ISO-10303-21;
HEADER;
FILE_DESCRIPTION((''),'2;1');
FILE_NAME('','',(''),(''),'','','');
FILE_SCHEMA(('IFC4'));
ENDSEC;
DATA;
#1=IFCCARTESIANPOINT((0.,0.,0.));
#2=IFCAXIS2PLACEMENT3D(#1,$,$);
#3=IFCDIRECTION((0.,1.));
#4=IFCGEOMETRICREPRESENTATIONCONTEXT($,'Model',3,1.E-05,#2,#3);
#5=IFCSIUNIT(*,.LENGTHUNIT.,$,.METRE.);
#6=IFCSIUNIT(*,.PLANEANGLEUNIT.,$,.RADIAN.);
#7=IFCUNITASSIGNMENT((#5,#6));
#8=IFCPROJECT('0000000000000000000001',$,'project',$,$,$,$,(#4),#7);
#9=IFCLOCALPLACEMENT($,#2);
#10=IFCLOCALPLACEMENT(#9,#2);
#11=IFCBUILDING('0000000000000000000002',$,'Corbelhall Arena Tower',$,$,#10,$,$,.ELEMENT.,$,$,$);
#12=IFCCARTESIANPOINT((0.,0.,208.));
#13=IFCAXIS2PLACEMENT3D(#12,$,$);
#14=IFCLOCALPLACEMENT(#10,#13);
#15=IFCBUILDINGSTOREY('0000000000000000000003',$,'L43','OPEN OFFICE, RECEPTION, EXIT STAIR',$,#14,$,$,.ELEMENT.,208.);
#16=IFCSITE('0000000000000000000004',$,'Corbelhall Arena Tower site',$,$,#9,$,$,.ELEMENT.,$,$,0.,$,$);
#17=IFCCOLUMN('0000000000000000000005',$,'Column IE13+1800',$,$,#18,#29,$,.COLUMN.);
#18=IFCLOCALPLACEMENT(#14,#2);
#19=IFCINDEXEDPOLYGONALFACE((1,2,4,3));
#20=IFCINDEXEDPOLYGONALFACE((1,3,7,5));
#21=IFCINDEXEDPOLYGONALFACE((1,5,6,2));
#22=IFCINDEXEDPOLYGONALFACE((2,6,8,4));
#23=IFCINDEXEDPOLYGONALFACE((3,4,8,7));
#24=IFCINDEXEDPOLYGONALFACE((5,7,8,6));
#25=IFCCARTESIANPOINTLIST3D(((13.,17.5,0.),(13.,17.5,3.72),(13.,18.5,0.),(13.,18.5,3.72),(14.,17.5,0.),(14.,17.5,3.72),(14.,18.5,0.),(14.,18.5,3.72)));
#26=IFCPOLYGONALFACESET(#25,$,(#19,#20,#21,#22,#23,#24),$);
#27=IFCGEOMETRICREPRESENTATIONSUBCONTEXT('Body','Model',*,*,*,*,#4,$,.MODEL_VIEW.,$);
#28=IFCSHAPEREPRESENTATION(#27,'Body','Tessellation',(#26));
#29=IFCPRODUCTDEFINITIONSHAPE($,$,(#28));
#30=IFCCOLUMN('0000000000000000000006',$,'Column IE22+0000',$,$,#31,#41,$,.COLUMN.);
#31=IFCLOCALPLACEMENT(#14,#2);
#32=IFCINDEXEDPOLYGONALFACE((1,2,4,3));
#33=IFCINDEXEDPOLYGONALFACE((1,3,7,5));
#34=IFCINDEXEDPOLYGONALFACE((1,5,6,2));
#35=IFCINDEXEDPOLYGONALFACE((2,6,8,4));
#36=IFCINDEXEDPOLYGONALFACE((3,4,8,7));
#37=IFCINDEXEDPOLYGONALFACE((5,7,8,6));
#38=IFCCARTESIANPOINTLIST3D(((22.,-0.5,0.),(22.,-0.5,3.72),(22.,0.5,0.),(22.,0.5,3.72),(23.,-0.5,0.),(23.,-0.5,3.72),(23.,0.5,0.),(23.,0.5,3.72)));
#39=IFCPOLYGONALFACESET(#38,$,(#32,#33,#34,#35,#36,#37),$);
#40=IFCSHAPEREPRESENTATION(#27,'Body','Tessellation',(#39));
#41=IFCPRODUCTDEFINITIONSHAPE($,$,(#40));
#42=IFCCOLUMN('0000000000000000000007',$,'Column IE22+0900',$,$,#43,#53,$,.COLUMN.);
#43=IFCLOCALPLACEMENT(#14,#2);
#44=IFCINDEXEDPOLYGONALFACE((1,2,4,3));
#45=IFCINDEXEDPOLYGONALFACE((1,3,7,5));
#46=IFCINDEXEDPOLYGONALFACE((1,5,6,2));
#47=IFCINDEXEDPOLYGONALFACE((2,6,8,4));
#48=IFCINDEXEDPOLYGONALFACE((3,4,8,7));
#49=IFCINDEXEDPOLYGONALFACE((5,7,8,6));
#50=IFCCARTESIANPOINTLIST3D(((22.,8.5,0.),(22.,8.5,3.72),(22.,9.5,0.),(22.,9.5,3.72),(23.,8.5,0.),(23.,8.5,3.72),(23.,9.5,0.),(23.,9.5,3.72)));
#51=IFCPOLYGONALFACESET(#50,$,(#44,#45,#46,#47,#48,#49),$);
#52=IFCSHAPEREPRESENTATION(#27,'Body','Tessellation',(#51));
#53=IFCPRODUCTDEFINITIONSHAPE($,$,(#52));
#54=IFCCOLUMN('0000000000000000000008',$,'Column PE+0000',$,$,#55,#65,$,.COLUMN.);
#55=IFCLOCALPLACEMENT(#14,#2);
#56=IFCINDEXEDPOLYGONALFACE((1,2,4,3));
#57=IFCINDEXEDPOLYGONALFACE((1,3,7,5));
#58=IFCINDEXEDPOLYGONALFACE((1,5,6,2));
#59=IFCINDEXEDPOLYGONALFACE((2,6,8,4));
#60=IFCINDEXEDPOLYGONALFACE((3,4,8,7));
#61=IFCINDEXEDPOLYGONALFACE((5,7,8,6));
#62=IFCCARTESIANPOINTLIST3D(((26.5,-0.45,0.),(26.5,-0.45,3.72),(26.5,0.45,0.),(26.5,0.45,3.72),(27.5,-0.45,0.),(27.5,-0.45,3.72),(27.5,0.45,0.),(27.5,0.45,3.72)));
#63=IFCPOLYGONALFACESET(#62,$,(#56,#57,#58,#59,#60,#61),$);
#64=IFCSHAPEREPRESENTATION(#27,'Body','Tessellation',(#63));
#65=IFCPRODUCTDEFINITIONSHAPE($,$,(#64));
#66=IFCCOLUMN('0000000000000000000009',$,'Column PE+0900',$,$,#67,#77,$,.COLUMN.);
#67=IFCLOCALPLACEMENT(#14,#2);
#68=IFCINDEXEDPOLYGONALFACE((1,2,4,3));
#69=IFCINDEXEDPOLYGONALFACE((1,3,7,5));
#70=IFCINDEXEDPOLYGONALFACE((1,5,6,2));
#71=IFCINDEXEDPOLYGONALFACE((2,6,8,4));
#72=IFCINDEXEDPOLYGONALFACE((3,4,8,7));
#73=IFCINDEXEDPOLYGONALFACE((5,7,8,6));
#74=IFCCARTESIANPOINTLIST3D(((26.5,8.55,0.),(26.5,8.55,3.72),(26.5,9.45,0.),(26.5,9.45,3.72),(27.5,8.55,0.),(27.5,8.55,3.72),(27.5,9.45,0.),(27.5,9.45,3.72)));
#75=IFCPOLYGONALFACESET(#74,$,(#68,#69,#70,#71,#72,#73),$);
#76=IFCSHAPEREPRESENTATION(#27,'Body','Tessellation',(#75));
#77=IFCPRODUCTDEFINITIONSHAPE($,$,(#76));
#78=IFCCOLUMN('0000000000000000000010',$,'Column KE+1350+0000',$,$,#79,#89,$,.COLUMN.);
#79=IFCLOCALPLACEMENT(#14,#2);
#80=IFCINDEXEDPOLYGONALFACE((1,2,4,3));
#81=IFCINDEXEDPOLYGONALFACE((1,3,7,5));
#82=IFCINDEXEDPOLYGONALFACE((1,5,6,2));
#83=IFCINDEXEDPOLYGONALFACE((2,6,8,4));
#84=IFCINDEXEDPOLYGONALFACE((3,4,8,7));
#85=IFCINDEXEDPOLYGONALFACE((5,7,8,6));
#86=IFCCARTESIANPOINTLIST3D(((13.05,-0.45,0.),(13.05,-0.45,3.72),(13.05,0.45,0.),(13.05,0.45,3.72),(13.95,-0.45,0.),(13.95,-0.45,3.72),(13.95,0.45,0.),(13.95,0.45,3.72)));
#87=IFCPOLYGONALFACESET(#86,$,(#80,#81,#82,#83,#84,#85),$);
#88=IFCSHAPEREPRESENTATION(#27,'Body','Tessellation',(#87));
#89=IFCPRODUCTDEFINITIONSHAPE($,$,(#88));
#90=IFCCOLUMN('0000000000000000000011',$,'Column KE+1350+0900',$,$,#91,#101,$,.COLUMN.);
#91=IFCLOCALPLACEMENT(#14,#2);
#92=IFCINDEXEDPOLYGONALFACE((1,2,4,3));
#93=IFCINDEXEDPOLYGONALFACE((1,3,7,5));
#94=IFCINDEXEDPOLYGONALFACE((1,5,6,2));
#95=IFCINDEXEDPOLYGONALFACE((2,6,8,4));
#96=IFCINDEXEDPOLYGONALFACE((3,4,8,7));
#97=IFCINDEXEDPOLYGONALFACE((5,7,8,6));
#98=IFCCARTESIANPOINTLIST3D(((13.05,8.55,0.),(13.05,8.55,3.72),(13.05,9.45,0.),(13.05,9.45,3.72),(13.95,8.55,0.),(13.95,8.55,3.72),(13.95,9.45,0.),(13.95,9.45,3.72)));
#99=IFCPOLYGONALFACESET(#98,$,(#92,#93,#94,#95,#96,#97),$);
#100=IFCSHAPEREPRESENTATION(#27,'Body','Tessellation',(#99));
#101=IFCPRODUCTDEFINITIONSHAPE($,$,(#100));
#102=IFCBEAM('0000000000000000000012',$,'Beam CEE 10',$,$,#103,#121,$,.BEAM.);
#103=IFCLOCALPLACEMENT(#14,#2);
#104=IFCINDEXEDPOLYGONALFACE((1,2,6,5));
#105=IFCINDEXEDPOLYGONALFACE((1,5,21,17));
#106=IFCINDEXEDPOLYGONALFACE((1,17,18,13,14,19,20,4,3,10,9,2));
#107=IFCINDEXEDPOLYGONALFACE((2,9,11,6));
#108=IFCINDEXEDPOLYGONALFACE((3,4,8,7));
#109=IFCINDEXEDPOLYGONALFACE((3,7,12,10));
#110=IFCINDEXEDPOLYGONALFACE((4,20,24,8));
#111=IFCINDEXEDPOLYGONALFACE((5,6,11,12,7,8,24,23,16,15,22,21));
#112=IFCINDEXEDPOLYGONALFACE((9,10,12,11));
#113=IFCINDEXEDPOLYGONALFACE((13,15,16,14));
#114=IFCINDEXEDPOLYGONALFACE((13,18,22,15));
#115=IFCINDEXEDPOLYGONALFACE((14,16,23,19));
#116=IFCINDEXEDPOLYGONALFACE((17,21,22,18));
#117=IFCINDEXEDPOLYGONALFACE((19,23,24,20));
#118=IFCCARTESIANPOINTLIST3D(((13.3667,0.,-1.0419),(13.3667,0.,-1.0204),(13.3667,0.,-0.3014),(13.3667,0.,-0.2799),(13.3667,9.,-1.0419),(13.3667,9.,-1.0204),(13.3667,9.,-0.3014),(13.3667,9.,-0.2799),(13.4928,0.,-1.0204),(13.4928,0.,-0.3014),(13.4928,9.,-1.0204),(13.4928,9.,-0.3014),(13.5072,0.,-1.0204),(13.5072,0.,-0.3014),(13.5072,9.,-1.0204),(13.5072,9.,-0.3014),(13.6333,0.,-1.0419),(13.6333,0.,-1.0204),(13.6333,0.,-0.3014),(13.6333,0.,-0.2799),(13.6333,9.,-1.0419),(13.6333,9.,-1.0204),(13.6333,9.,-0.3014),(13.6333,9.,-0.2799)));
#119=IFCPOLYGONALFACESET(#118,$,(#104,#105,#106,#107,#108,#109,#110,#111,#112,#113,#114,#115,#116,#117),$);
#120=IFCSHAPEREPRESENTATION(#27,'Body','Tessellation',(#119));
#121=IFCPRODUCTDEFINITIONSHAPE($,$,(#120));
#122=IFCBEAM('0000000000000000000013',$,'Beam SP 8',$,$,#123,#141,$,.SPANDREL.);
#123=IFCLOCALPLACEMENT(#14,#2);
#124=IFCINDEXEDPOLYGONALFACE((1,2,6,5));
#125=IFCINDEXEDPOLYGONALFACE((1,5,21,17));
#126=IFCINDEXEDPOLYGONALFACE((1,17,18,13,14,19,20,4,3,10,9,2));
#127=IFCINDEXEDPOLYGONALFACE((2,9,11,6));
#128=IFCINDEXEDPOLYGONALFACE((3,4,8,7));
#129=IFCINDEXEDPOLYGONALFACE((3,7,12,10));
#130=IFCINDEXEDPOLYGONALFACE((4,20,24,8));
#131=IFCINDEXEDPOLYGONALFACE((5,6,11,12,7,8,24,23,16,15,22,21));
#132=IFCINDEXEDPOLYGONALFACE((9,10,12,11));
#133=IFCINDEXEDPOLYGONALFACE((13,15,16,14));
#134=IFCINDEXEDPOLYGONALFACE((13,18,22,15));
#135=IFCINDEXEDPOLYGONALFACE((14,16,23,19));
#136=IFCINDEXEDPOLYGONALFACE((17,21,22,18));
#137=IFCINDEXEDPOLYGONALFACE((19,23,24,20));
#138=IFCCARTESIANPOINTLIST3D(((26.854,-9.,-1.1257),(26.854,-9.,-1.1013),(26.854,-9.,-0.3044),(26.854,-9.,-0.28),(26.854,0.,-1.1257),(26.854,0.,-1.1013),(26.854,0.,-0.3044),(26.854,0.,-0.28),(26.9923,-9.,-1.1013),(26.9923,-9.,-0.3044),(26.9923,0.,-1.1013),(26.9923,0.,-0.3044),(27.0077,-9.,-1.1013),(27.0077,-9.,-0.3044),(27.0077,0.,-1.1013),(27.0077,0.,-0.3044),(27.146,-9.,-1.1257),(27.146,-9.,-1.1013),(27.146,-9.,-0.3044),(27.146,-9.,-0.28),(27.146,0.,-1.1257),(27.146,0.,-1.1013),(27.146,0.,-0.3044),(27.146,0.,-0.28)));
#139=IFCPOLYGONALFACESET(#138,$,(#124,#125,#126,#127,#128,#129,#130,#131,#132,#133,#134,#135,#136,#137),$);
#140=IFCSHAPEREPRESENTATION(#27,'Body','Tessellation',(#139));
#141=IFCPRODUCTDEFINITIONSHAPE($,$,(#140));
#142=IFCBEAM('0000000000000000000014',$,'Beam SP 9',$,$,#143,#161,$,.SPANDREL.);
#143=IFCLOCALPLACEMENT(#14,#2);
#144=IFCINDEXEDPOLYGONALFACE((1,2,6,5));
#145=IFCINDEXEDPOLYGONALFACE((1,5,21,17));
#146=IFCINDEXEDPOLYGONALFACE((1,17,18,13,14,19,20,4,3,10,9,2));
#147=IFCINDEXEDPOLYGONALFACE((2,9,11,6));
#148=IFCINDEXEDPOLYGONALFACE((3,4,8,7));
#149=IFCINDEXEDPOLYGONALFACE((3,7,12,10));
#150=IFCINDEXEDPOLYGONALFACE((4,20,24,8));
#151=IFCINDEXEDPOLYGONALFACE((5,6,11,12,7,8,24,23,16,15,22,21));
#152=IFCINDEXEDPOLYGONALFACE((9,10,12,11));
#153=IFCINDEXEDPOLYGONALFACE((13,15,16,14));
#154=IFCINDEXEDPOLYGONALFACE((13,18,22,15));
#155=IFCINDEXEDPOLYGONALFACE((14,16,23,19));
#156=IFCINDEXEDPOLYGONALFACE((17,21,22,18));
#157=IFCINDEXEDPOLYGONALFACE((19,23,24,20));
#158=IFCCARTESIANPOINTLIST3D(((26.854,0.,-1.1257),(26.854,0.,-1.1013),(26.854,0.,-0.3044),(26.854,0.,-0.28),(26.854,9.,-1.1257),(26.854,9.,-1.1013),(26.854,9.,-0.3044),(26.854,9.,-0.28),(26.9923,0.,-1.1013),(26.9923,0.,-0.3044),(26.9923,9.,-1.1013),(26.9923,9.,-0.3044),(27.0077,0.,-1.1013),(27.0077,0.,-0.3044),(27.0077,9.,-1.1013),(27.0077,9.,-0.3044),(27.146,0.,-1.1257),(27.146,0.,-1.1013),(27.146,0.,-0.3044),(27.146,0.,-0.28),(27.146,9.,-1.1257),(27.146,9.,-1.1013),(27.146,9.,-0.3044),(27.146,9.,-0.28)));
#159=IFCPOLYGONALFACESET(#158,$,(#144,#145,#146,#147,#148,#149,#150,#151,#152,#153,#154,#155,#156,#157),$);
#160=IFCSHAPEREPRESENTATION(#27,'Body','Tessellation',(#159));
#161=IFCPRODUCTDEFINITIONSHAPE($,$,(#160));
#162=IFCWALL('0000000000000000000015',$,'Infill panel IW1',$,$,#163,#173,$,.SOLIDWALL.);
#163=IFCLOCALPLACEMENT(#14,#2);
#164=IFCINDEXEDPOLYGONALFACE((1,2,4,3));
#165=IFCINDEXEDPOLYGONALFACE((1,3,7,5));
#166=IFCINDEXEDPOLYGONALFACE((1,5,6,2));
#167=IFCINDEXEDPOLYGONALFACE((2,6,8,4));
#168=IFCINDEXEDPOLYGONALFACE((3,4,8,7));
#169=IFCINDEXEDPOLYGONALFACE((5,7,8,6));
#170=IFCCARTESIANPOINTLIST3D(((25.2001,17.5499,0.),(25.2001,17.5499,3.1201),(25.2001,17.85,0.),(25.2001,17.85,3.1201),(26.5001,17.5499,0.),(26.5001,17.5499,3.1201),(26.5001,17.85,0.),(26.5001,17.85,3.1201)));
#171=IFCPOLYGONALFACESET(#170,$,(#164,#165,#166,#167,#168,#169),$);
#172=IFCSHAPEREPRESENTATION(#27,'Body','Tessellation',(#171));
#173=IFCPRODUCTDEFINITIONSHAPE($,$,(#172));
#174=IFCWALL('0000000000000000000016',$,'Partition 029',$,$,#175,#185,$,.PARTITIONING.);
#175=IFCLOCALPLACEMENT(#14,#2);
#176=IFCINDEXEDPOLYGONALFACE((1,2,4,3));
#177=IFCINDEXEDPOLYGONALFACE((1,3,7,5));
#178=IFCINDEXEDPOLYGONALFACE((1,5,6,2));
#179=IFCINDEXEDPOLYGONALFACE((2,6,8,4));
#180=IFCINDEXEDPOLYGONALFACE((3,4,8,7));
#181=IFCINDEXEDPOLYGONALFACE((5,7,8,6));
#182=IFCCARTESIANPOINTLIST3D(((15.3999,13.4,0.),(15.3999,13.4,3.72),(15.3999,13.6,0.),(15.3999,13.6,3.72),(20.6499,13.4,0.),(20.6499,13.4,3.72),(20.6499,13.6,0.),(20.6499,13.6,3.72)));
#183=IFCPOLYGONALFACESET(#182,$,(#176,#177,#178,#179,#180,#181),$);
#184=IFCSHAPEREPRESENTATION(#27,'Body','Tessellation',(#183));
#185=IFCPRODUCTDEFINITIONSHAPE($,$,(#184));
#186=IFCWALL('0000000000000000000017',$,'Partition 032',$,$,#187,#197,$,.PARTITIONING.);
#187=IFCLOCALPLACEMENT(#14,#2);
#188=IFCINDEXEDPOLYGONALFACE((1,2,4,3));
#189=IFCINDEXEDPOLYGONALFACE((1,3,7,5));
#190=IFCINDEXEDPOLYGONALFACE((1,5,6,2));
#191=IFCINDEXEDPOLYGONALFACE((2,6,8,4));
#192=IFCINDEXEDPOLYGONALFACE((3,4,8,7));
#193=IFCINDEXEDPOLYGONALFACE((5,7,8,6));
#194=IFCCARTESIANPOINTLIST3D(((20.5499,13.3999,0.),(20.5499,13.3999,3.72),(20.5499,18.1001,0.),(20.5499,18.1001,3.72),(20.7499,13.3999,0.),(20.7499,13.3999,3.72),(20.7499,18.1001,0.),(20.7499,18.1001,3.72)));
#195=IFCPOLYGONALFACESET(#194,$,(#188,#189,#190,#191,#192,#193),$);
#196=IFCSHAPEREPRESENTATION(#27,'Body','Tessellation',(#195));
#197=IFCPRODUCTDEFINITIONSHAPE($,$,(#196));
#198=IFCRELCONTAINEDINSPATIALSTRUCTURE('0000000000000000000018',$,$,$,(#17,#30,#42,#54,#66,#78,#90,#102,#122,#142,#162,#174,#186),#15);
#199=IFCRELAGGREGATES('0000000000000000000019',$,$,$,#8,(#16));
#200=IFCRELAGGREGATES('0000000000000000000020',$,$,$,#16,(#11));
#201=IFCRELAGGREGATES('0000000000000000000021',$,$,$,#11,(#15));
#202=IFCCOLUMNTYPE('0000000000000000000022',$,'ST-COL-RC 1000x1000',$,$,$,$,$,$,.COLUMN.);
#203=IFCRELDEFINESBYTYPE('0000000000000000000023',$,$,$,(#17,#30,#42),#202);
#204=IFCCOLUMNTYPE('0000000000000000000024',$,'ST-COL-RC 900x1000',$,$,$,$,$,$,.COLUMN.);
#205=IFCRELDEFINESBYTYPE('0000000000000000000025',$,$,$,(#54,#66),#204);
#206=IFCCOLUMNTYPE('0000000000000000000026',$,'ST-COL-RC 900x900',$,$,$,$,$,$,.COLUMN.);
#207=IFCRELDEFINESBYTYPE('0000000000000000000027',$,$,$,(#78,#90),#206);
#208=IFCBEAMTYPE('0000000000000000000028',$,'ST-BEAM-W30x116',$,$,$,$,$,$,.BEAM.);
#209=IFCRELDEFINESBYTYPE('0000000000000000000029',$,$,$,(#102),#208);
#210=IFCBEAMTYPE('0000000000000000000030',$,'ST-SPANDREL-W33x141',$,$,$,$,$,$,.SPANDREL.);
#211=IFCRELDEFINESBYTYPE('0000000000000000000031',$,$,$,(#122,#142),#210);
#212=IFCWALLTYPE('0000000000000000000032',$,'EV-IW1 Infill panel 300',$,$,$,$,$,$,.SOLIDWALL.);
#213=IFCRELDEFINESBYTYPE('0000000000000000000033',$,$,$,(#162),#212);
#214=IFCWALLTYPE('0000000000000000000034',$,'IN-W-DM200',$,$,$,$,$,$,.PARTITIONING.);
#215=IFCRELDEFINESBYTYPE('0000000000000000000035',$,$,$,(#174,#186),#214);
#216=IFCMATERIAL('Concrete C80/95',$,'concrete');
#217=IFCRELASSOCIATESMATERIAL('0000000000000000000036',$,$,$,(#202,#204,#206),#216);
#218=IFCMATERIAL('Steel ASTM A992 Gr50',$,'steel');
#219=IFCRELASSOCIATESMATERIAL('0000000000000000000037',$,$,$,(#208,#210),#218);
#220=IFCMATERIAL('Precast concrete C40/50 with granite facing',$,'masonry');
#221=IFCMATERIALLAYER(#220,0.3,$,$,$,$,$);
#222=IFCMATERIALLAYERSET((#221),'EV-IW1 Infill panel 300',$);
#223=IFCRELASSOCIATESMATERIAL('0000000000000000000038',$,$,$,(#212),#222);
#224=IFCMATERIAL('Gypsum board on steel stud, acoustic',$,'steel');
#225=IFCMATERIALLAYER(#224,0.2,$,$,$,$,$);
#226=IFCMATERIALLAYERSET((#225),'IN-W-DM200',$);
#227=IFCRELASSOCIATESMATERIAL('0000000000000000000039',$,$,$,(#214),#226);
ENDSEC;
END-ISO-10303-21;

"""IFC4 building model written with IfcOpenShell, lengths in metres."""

from ifc_helpers import new_model, si_unit, direction, frame, frame_2d, origin, origin_2d, place, context, subcontext, project, spatial, rectangle, i_section, extrude, material, layer, layer_set, material_profile, profile_set, type_object, element, save


model = new_model("IFC4")

# Units and contexts
model_context = context("Model", 3, precision=1e-05, world=origin(), true_north=direction((0.0, 1.0)))
body_context = subcontext(model_context, "Body", "Model", "MODEL_VIEW")
ifc_project = project(units=[si_unit("LENGTHUNIT", "METRE"), si_unit("PLANEANGLEUNIT", "RADIAN")], contexts=[model_context])

# Site, building, storey
site_placement = place(None, origin())
site = spatial("IfcSite", under=ifc_project, at=site_placement, Name="Corbelhall Arena Tower site", CompositionType="ELEMENT", RefElevation=0.0)
building_placement = place(site_placement, origin())
building = spatial("IfcBuilding", under=site, at=building_placement, Name="Corbelhall Arena Tower", CompositionType="ELEMENT")
storey_placement = place(building_placement, frame((0.0, 0.0, 208.0)))
storey = spatial("IfcBuildingStorey", under=building, at=storey_placement, Name="L43", Description="OPEN OFFICE, RECEPTION, EXIT STAIR", CompositionType="ELEMENT", Elevation=208.0)

# Columns
ifc_material_1 = material(Name="Concrete C80/95", Category="concrete")
ifc_material_profile_1 = material_profile(ifc_material_1, rectangle(XDim=1.0, YDim=1.0, at=origin_2d()))
ifc_profile_set_1 = profile_set([ifc_material_profile_1], Name="Concrete C80/95")
column_type_1 = type_object("IfcColumnType", Name="ST-COL-RC 1000x1000", PredefinedType="COLUMN", material=ifc_profile_set_1)
for number, where, z_axis, x_axis, name in (
    (1, (13.5, 18.0, 0.0), (0.0, 0.0, 1.0), (1.0, 0.0, 0.0), "Column IE13+1800"),
    (2, (22.5, 0.0, 0.0), (0.0, 0.0, 1.0), (1.0, 0.0, 0.0), "Column IE22+0000"),
    (3, (22.5, 9.0, 0.0), (0.0, 0.0, 1.0), (1.0, 0.0, 0.0), "Column IE22+0900"),
):
    element("IfcColumn", number, at=place(storey_placement, frame(where, z_axis=z_axis, x_axis=x_axis)), inside=storey, type_object=column_type_1, Name=name, PredefinedType="COLUMN", context=body_context, shape_type="SweptSolid", body=[
        extrude(rectangle(XDim=1.0, YDim=1.0, at=origin_2d()), origin(), (0.0, 0.0, 1.0), 3.72),
    ])
ifc_material_profile_2 = material_profile(ifc_material_1, rectangle(XDim=0.8999, YDim=1.0, at=origin_2d()))
ifc_profile_set_2 = profile_set([ifc_material_profile_2], Name="Concrete C80/95")
column_type_2 = type_object("IfcColumnType", Name="ST-COL-RC 900x1000", PredefinedType="COLUMN", material=ifc_profile_set_2)
for number, where, z_axis, x_axis, name in (
    (4, (27.0, 0.0, 0.0), (0.0, 0.0, 1.0), (0.0, 1.0, 0.0), "Column PE+0000"),
    (5, (27.0, 9.0, 0.0), (0.0, 0.0, 1.0), (0.0, 1.0, 0.0), "Column PE+0900"),
):
    element("IfcColumn", number, at=place(storey_placement, frame(where, z_axis=z_axis, x_axis=x_axis)), inside=storey, type_object=column_type_2, Name=name, PredefinedType="COLUMN", context=body_context, shape_type="SweptSolid", body=[
        extrude(rectangle(XDim=0.8999, YDim=1.0, at=origin_2d()), origin(), (0.0, 0.0, 1.0), 3.72),
    ])
ifc_material_profile_3 = material_profile(ifc_material_1, rectangle(XDim=0.8999, YDim=0.8999, at=origin_2d()))
ifc_profile_set_3 = profile_set([ifc_material_profile_3], Name="Concrete C80/95")
column_type_3 = type_object("IfcColumnType", Name="ST-COL-RC 900x900", PredefinedType="COLUMN", material=ifc_profile_set_3)
for number, where, z_axis, x_axis, name in (
    (6, (13.5, 0.0, 0.0), (0.0, 0.0, 1.0), (1.0, 0.0, 0.0), "Column KE+1350+0000"),
    (7, (13.5, 9.0, 0.0), (0.0, 0.0, 1.0), (1.0, 0.0, 0.0), "Column KE+1350+0900"),
):
    element("IfcColumn", number, at=place(storey_placement, frame(where, z_axis=z_axis, x_axis=x_axis)), inside=storey, type_object=column_type_3, Name=name, PredefinedType="COLUMN", context=body_context, shape_type="SweptSolid", body=[
        extrude(rectangle(XDim=0.8999, YDim=0.8999, at=origin_2d()), origin(), (0.0, 0.0, 1.0), 3.72),
    ])

# Beams
ifc_material_2 = material(Name="Steel ASTM A992 Gr50", Category="steel")
ifc_material_profile_4 = material_profile(ifc_material_2, i_section(OverallWidth=0.2666, OverallDepth=0.762, WebThickness=0.0144, FlangeThickness=0.0215, at=origin_2d()))
ifc_profile_set_4 = profile_set([ifc_material_profile_4], Name="Steel ASTM A992 Gr50")
beam_type_1 = type_object("IfcBeamType", Name="ST-BEAM-W30x116", PredefinedType="BEAM", material=ifc_profile_set_4)
beam_placement = place(storey_placement, frame((13.5, 0.0, -0.6609), z_axis=(0.0, 1.0, 0.0), x_axis=(-1.0, 0.0, 0.0)))
element("IfcBeam", 8, at=beam_placement, inside=storey, type_object=beam_type_1, Name="Beam CEE 10", PredefinedType="BEAM", context=body_context, shape_type="SweptSolid", body=[
    extrude(i_section(OverallWidth=0.2666, OverallDepth=0.762, WebThickness=0.0144, FlangeThickness=0.0215, at=origin_2d()), origin(), (0.0, 0.0, 1.0), 9.0),
])
ifc_material_profile_5 = material_profile(ifc_material_2, i_section(OverallWidth=0.292, OverallDepth=0.8457, WebThickness=0.0154, FlangeThickness=0.0244, at=origin_2d()))
ifc_profile_set_5 = profile_set([ifc_material_profile_5], Name="Steel ASTM A992 Gr50")
beam_type_2 = type_object("IfcBeamType", Name="ST-SPANDREL-W33x141", PredefinedType="SPANDREL", material=ifc_profile_set_5)
for number, where, z_axis, x_axis, name in (
    (9, (27.0, 0.0, -0.7029), (0.0, -1.0, 0.0), (1.0, 0.0, 0.0), "Beam SP 8"),
    (10, (27.0, 9.0, -0.7029), (0.0, -1.0, 0.0), (1.0, 0.0, 0.0), "Beam SP 9"),
):
    element("IfcBeam", number, at=place(storey_placement, frame(where, z_axis=z_axis, x_axis=x_axis)), inside=storey, type_object=beam_type_2, Name=name, PredefinedType="SPANDREL", context=body_context, shape_type="SweptSolid", body=[
        extrude(i_section(OverallWidth=0.292, OverallDepth=0.8457, WebThickness=0.0154, FlangeThickness=0.0244, at=origin_2d()), origin(), (0.0, 0.0, 1.0), 9.0),
    ])

# Shared definitions
ifc_material_3 = material(Name="Precast concrete C40/50 with granite facing", Category="masonry")
ifc_layer_1 = layer(ifc_material_3, 0.3)
ifc_layer_set_1 = layer_set([ifc_layer_1], Name="EV-IW1 Infill panel 300")
wall_type_1 = type_object("IfcWallType", Name="EV-IW1 Infill panel 300", PredefinedType="SOLIDWALL", material=ifc_layer_set_1)

# Wall
wall_1_placement = place(storey_placement, frame((26.5, 17.7, 0.0), z_axis=(0.0, 0.0, 1.0), x_axis=(-1.0, 0.0, 0.0)))
element("IfcWall", 11, at=wall_1_placement, inside=storey, type_object=wall_type_1, Name="Infill panel IW1", PredefinedType="SOLIDWALL", context=body_context, shape_type="SweptSolid", body=[
    extrude(rectangle(XDim=1.3, YDim=0.3, at=frame_2d((0.6499, 0.0))), origin(), (0.0, 0.0, 1.0), 3.1201),
])

# Shared definitions
ifc_material_4 = material(Name="Gypsum board on steel stud, acoustic", Category="steel")
ifc_layer_2 = layer(ifc_material_4, 0.2)
ifc_layer_set_2 = layer_set([ifc_layer_2], Name="IN-W-DM200")
wall_type_2 = type_object("IfcWallType", Name="IN-W-DM200", PredefinedType="PARTITIONING", material=ifc_layer_set_2)

# Walls
wall_2_placement = place(storey_placement, frame((15.3999, 13.5, 0.0), z_axis=(0.0, 0.0, 1.0), x_axis=(1.0, 0.0, 0.0)))
element("IfcWall", 12, at=wall_2_placement, inside=storey, type_object=wall_type_2, Name="Partition 029", PredefinedType="PARTITIONING", context=body_context, shape_type="SweptSolid", body=[
    extrude(rectangle(XDim=5.25, YDim=0.2, at=frame_2d((2.625, 0.0))), origin(), (0.0, 0.0, 1.0), 3.72),
])
wall_3_placement = place(storey_placement, frame((20.6499, 13.3999, 0.0), z_axis=(0.0, 0.0, 1.0), x_axis=(0.0, 1.0, 0.0)))
element("IfcWall", 13, at=wall_3_placement, inside=storey, type_object=wall_type_2, Name="Partition 032", PredefinedType="PARTITIONING", context=body_context, shape_type="SweptSolid", body=[
    extrude(rectangle(XDim=4.7002, YDim=0.2, at=frame_2d((2.3501, 0.0))), origin(), (0.0, 0.0, 1.0), 3.72),
])

save(model, "model.ifc")
